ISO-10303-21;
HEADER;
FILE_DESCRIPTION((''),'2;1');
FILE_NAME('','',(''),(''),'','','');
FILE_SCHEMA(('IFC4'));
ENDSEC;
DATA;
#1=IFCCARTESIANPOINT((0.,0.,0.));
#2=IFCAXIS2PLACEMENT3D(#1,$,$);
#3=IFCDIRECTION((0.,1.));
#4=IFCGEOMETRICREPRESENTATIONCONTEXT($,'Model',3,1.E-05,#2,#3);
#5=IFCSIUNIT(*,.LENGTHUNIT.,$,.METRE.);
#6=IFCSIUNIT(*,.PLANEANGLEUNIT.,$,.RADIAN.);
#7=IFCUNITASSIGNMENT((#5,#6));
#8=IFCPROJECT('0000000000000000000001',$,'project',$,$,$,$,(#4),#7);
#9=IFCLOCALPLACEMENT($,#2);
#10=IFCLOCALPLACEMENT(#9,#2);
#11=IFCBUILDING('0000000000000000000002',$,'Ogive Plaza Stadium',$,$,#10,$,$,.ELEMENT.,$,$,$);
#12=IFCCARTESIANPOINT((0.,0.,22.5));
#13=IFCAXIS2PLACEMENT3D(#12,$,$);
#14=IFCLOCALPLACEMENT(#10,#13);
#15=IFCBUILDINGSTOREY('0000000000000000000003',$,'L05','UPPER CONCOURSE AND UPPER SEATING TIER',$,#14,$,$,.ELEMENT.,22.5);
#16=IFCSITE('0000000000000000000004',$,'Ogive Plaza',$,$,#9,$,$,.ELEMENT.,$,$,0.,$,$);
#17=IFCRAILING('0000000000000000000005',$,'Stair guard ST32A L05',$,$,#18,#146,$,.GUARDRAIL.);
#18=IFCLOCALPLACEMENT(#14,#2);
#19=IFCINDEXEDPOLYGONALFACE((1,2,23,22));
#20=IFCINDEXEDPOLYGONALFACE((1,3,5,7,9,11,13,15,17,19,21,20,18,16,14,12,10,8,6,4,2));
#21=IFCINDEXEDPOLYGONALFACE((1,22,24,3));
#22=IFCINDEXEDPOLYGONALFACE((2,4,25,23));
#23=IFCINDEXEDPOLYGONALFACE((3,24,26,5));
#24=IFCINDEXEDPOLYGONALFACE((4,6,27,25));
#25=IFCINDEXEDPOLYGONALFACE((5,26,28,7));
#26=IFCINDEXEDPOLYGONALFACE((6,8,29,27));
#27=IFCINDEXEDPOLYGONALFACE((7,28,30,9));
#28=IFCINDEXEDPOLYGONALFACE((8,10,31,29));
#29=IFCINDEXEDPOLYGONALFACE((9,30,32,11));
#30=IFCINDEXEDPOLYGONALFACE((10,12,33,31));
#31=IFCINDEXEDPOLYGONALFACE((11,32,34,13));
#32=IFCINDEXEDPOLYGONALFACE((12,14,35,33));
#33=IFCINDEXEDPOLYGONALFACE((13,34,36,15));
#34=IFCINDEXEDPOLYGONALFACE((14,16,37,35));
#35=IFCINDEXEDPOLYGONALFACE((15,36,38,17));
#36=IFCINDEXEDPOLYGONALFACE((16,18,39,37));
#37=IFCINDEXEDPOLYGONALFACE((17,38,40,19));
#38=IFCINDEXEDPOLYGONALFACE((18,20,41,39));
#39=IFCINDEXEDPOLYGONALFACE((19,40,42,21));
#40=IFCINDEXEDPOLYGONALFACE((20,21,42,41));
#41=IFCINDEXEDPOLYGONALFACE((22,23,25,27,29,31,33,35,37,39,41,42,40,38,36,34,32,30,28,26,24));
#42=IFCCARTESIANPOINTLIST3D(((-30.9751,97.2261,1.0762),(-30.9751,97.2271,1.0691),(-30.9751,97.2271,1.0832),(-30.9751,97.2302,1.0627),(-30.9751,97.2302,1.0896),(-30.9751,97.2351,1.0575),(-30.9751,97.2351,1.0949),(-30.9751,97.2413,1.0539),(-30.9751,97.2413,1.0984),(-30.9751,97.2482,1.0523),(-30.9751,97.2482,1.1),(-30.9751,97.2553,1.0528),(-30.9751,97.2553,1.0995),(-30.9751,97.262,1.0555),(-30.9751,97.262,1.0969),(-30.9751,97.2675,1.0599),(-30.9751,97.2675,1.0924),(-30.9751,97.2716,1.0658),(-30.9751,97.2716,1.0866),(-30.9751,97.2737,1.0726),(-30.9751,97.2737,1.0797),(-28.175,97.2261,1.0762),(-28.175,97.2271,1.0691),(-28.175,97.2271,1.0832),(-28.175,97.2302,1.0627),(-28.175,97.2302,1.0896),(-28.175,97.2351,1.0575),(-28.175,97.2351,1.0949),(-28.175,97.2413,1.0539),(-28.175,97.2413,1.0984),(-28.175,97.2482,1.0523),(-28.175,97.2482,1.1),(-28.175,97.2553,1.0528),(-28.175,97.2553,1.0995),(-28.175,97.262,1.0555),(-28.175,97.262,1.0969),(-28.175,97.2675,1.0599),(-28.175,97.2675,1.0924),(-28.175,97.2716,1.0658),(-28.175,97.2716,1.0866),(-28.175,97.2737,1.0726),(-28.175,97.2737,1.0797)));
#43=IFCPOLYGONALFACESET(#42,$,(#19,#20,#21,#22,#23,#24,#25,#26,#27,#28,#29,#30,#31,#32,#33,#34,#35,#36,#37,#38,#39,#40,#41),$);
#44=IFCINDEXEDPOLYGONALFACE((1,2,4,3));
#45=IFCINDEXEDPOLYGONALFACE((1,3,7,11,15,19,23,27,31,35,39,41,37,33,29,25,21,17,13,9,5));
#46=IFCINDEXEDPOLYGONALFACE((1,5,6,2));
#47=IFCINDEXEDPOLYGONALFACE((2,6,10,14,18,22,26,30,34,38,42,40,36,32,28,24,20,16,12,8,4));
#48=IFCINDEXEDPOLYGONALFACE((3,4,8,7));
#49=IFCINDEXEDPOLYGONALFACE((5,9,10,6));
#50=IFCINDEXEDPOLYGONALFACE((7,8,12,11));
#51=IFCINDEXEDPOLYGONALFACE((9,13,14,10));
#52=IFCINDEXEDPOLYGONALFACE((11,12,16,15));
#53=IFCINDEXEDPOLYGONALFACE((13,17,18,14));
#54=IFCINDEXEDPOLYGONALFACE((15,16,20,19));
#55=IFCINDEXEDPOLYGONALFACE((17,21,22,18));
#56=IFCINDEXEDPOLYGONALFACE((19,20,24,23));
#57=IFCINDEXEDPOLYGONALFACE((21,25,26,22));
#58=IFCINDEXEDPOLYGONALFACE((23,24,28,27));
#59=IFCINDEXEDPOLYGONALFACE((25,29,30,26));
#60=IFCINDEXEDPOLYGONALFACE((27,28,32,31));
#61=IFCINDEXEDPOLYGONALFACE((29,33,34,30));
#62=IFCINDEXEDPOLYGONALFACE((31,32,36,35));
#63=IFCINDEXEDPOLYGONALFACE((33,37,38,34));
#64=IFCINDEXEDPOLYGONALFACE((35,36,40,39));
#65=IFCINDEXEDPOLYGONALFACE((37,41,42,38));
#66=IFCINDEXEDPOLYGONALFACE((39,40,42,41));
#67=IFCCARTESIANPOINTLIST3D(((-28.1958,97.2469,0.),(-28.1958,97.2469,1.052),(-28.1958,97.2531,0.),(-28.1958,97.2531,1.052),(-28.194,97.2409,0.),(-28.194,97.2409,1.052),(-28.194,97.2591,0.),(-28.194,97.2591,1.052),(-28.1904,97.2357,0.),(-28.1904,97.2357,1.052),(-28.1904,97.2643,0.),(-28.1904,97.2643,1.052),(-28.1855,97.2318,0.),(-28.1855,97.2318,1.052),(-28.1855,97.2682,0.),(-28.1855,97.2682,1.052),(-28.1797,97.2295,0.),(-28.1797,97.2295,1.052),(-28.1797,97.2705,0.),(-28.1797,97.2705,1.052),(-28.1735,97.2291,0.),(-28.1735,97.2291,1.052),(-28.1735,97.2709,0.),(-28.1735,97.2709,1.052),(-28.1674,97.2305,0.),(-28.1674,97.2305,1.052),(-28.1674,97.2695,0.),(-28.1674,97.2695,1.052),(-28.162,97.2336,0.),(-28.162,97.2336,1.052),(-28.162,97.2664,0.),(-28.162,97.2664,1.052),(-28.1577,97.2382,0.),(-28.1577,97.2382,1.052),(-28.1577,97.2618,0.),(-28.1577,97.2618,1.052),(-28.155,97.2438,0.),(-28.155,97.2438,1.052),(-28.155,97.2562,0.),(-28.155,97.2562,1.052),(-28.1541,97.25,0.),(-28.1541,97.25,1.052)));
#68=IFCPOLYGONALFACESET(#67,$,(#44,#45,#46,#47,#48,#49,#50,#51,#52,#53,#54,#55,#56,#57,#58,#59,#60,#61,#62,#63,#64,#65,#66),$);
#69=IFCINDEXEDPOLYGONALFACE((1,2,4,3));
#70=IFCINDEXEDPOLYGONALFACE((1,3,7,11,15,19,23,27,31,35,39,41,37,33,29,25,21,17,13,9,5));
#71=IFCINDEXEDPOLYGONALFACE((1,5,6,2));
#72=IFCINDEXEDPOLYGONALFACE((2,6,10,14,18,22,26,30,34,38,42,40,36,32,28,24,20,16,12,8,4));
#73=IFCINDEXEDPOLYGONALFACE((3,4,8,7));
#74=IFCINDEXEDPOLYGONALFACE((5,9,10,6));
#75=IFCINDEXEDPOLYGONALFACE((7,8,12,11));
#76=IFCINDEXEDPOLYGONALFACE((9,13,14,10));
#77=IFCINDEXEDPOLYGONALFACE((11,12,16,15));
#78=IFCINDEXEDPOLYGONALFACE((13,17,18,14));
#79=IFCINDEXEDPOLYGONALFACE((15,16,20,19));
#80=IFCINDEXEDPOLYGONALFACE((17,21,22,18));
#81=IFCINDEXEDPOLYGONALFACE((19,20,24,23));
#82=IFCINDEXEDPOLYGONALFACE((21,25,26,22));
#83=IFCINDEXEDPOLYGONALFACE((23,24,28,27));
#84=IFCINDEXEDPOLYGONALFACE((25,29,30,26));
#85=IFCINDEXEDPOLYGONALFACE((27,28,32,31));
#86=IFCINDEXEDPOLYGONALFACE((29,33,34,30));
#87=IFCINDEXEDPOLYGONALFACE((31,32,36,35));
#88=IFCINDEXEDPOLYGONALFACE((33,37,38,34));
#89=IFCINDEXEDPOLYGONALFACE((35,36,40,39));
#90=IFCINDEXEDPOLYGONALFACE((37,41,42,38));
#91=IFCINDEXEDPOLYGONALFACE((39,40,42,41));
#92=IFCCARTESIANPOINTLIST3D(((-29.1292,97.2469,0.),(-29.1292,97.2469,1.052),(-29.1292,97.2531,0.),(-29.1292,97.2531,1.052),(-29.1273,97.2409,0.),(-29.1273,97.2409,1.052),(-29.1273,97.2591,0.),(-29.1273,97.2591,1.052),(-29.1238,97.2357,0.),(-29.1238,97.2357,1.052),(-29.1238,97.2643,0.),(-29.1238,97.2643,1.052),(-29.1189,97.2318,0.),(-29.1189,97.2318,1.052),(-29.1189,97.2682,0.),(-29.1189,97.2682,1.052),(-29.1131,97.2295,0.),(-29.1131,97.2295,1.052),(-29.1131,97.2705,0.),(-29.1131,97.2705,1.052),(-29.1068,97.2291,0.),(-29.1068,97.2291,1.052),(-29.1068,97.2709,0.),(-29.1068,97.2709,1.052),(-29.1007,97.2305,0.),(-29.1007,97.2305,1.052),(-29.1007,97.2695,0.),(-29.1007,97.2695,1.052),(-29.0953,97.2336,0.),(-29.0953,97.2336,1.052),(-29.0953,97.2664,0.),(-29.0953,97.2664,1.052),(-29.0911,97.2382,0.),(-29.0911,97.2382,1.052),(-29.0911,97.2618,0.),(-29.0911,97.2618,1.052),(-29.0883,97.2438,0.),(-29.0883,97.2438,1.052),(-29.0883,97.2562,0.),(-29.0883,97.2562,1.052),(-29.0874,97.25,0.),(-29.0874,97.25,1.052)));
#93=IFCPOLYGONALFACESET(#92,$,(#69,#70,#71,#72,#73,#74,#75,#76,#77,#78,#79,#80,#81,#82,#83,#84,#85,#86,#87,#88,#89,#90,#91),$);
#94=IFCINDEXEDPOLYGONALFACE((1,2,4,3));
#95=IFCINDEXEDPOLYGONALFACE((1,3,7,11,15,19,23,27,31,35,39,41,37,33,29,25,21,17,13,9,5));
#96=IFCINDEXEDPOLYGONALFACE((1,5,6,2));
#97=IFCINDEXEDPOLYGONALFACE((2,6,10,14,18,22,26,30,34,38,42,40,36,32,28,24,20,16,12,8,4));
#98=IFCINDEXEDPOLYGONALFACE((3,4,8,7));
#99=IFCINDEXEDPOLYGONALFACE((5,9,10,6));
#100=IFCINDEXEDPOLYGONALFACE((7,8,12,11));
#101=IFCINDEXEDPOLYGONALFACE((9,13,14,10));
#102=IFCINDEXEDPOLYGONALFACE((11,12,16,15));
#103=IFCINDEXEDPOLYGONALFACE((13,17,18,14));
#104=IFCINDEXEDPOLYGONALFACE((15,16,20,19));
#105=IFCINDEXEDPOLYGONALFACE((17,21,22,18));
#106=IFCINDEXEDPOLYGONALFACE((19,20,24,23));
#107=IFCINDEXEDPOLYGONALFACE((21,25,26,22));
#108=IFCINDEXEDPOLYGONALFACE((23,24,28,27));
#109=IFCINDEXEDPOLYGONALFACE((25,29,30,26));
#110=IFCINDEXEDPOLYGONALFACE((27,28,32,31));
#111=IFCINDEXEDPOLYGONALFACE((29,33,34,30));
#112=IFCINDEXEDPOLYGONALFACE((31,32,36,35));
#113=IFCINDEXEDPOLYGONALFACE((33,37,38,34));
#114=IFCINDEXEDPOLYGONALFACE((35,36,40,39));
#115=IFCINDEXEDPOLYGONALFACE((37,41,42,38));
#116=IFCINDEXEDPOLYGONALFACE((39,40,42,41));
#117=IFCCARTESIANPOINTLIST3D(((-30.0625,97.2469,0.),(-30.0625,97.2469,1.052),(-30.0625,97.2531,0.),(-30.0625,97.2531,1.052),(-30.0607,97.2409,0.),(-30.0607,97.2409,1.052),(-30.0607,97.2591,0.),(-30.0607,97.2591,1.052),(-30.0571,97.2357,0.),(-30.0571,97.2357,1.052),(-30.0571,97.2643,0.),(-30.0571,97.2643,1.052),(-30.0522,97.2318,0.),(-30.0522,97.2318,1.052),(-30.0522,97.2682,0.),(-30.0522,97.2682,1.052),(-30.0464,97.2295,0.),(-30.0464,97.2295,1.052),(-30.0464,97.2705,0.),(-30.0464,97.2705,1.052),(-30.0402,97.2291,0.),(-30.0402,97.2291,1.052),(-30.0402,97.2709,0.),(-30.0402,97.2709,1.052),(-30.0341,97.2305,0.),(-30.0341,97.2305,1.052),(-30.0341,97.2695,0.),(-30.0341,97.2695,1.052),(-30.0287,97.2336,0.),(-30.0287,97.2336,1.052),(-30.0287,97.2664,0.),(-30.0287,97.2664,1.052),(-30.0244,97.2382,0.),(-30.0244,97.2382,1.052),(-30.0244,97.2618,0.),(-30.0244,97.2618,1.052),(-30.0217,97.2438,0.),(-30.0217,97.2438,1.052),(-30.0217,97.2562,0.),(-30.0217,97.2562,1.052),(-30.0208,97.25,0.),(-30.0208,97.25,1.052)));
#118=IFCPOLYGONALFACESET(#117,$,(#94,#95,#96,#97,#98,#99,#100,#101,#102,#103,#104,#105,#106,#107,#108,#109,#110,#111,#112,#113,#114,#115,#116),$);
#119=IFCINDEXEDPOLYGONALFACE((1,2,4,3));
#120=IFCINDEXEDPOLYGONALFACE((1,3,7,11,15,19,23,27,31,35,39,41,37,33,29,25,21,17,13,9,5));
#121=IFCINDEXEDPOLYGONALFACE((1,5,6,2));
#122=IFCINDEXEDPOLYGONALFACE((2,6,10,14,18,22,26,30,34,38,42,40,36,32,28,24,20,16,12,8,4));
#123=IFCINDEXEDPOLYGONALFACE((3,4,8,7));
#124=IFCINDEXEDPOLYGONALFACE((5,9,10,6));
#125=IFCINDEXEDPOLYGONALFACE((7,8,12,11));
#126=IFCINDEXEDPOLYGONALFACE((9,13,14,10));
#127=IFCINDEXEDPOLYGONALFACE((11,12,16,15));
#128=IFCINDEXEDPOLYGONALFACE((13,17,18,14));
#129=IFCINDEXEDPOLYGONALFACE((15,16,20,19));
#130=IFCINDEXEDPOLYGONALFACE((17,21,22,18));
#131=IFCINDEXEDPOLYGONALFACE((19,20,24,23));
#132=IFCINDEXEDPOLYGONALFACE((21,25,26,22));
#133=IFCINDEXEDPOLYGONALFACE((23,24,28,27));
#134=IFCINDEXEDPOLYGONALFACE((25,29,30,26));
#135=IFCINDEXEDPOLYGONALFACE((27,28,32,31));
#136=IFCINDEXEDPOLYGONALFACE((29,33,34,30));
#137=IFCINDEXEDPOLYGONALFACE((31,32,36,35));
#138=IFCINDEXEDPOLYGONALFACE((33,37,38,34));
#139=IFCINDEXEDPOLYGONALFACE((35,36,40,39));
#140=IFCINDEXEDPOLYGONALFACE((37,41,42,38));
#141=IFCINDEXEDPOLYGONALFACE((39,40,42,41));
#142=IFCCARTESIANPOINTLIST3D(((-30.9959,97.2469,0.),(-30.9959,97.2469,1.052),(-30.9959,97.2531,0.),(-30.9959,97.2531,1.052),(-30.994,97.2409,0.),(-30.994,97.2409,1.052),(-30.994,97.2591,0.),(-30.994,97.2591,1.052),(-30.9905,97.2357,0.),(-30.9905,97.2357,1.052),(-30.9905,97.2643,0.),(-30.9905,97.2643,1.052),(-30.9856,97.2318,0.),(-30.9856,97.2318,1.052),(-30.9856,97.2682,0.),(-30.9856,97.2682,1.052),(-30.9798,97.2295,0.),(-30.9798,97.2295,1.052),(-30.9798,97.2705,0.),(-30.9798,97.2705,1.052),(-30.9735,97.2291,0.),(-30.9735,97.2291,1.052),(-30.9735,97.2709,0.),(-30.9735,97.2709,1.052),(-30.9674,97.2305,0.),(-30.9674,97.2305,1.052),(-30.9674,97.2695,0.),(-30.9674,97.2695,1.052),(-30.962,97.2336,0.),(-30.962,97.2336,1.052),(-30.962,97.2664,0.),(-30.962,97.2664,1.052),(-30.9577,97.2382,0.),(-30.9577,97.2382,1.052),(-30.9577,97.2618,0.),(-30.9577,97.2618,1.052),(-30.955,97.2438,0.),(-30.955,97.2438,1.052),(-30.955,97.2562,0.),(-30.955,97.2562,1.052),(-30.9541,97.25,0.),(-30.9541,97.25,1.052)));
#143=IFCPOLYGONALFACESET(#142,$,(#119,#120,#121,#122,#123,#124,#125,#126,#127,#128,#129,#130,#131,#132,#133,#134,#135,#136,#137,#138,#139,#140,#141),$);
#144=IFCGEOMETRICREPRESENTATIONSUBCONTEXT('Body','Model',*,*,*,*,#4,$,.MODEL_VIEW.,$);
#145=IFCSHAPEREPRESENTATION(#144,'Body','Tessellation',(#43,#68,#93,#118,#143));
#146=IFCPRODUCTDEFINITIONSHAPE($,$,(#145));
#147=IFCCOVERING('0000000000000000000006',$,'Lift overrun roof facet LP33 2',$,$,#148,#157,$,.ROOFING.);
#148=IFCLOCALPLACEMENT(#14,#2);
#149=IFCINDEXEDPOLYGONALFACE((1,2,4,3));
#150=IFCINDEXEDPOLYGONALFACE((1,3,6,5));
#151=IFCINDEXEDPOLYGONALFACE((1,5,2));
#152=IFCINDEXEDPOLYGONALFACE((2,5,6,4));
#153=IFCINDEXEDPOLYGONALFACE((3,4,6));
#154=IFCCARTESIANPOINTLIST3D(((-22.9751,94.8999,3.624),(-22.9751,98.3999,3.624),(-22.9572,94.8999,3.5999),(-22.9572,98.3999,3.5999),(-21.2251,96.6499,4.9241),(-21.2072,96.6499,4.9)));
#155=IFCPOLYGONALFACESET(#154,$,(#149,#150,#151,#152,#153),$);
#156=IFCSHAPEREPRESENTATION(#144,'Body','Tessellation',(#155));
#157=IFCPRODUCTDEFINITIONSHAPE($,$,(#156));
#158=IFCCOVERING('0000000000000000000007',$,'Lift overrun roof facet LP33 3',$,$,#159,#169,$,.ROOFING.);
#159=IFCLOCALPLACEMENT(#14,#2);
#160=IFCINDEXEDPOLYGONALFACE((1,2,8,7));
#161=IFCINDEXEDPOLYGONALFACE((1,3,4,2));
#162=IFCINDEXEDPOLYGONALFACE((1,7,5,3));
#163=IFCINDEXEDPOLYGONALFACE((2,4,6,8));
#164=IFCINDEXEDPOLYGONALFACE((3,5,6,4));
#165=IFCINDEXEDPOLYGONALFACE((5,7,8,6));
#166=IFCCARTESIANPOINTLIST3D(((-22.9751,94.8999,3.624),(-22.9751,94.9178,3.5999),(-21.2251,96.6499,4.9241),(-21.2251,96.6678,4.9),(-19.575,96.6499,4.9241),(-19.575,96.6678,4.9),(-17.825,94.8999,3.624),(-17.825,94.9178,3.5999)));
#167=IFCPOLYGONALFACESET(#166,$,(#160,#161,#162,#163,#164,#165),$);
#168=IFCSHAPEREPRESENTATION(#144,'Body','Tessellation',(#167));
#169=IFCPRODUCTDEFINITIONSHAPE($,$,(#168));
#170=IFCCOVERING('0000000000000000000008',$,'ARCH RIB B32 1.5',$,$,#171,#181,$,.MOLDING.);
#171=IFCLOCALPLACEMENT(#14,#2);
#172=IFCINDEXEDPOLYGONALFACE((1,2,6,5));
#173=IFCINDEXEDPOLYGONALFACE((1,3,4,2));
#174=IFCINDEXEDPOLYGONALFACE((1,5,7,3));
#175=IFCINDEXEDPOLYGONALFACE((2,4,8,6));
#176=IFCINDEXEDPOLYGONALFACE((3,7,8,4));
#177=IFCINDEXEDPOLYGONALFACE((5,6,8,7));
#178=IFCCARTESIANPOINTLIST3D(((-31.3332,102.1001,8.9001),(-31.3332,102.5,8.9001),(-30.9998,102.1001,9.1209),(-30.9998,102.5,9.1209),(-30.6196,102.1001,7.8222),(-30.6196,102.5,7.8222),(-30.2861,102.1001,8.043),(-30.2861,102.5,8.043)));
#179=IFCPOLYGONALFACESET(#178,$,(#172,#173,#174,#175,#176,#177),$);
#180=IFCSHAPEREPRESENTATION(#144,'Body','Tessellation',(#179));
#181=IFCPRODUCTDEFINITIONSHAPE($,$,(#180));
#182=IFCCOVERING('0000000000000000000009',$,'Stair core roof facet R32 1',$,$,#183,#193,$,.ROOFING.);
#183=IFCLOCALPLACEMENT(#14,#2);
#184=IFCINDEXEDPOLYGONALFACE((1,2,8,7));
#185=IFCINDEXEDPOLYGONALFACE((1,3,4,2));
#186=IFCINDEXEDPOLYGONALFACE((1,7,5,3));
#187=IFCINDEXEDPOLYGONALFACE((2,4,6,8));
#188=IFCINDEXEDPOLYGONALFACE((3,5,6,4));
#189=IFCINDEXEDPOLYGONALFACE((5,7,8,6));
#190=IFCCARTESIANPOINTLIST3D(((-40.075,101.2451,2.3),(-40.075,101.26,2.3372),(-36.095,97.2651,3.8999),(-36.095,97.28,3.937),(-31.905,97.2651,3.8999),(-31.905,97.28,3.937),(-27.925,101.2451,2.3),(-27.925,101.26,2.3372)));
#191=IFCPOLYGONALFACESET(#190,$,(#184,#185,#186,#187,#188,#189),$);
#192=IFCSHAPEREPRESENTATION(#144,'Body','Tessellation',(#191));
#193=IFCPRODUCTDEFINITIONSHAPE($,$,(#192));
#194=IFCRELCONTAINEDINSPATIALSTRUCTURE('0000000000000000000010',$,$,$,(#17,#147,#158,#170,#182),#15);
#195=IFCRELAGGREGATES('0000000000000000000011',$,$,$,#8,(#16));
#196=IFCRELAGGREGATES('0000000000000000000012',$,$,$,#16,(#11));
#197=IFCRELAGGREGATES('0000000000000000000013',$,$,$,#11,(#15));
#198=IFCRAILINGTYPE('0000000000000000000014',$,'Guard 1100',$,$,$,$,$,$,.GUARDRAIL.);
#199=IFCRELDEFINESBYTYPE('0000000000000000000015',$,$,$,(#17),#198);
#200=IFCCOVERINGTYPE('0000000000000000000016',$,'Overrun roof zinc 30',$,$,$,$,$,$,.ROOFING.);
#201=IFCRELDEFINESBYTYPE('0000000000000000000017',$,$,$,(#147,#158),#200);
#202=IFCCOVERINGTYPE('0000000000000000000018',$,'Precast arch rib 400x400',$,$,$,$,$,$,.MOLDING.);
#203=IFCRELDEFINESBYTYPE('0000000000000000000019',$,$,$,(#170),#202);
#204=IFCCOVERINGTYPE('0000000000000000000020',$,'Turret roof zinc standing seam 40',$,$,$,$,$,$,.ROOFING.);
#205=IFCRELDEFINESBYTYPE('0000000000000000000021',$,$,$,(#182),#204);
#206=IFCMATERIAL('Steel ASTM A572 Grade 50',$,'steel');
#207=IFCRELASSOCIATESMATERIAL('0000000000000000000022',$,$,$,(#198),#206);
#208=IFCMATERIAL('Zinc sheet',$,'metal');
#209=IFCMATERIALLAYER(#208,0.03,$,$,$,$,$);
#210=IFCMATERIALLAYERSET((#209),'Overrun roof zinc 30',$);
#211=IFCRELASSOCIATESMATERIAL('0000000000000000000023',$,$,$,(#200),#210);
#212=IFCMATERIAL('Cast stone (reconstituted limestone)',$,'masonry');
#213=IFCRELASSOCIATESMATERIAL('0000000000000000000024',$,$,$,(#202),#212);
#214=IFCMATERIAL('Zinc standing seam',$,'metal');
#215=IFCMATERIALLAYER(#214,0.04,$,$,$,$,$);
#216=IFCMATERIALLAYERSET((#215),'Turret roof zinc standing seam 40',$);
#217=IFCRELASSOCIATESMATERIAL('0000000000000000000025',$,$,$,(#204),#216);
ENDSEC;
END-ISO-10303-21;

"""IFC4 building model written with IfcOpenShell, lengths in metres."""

from ifc_helpers import new_model, si_unit, direction, frame, origin, origin_2d, place, context, subcontext, project, spatial, polyline, rectangle, circle, outline, extrude, material, layer, layer_set, material_profile, profile_set, type_object, element, save


model = new_model("IFC4")

# Units and contexts
model_context = context("Model", 3, precision=1e-05, world=origin(), true_north=direction((0.0, 1.0)))
body_context = subcontext(model_context, "Body", "Model", "MODEL_VIEW")
ifc_project = project(units=[si_unit("LENGTHUNIT", "METRE"), si_unit("PLANEANGLEUNIT", "RADIAN")], contexts=[model_context])

# Site, building, storey
site_placement = place(None, origin())
site = spatial("IfcSite", under=ifc_project, at=site_placement, Name="Ogive Plaza", CompositionType="ELEMENT", RefElevation=0.0)
building_placement = place(site_placement, origin())
building = spatial("IfcBuilding", under=site, at=building_placement, Name="Ogive Plaza Stadium", CompositionType="ELEMENT")
storey_placement = place(building_placement, frame((0.0, 0.0, 22.5)))
storey = spatial("IfcBuildingStorey", under=building, at=storey_placement, Name="L05", Description="UPPER CONCOURSE AND UPPER SEATING TIER", CompositionType="ELEMENT", Elevation=22.5)

# Railing
ifc_material_1 = material(Name="Steel ASTM A572 Grade 50", Category="steel")
railing_type = type_object("IfcRailingType", Name="Guard 1100", PredefinedType="GUARDRAIL", material=ifc_material_1)
railing_1_placement = place(storey_placement, frame((-28.175, 97.25, 0.0)))
element("IfcRailing", 1, at=railing_1_placement, inside=storey, type_object=railing_type, Name="Stair guard ST32A L05", PredefinedType="GUARDRAIL", context=body_context, shape_type="SweptSolid", body=[
    extrude(circle(Radius=0.0239, at=origin_2d()), frame((0.0, 0.0, 1.0762), z_axis=(-1.0, 0.0, 0.0), x_axis=(0.0, -1.0, 0.0)), (0.0, 0.0, 1.0), 2.8),
    extrude(circle(Radius=0.021, at=origin_2d()), origin(), (0.0, 0.0, 1.0), 1.052),
    extrude(circle(Radius=0.021, at=origin_2d()), frame((-0.9333, 0.0, 0.0)), (0.0, 0.0, 1.0), 1.052),
    extrude(circle(Radius=0.021, at=origin_2d()), frame((-1.8667, 0.0, 0.0)), (0.0, 0.0, 1.0), 1.052),
    extrude(circle(Radius=0.021, at=origin_2d()), frame((-2.8, 0.0, 0.0)), (0.0, 0.0, 1.0), 1.052),
])

# Coverings
ifc_material_2 = material(Name="Zinc sheet", Category="metal")
ifc_layer_1 = layer(ifc_material_2, 0.03)
ifc_layer_set_1 = layer_set([ifc_layer_1], Name="Overrun roof zinc 30")
covering_type_1 = type_object("IfcCoveringType", Name="Overrun roof zinc 30", PredefinedType="ROOFING", material=ifc_layer_set_1)
covering_1_placement = place(storey_placement, frame((-22.9751, 98.3999, 3.624), z_axis=(-0.596338, 0.0, 0.802733), x_axis=(0.0, -1.0, 0.0)))
element("IfcCovering", 2, at=covering_1_placement, inside=storey, type_object=covering_type_1, Name="Lift overrun roof facet LP33 2", PredefinedType="ROOFING", context=body_context, shape_type="SweptSolid", body=[
    extrude(outline(polyline([(0.0, 0.0), (3.5, 0.0), (1.75, 2.1801), (0.0, 0.0)])), origin(), (0.0, 0.0, -1.0), 0.03),
])
covering_2_placement = place(storey_placement, frame((-22.9751, 94.8999, 3.624), z_axis=(0.0, -0.596338, 0.802733), x_axis=(1.0, 0.0, 0.0)))
element("IfcCovering", 3, at=covering_2_placement, inside=storey, type_object=covering_type_1, Name="Lift overrun roof facet LP33 3", PredefinedType="ROOFING", context=body_context, shape_type="SweptSolid", body=[
    extrude(outline(polyline([(0.0, 0.0), (5.1501, 0.0), (3.4001, 2.1801), (1.75, 2.1801), (0.0, 0.0)])), origin(), (0.0, 0.0, -1.0), 0.03),
])
ifc_material_3 = material(Name="Cast stone (reconstituted limestone)", Category="masonry")
ifc_material_profile_1 = material_profile(ifc_material_3, rectangle(XDim=0.3999, YDim=0.3999, at=origin_2d()), Name="Cast stone 400x400")
ifc_profile_set_1 = profile_set([ifc_material_profile_1], Name="Cast stone (reconstituted limestone)")
covering_type_2 = type_object("IfcCoveringType", Name="Precast arch rib 400x400", PredefinedType="MOLDING", material=ifc_profile_set_1)
covering_3_placement = place(storey_placement, frame((-31.1665, 102.3, 9.0105), z_axis=(0.552039, 0.0, -0.833818), x_axis=(0.0, 1.0, 0.0)))
element("IfcCovering", 4, at=covering_3_placement, inside=storey, type_object=covering_type_2, Name="ARCH RIB B32 1.5", PredefinedType="MOLDING", context=body_context, shape_type="SweptSolid", body=[
    extrude(rectangle(XDim=0.3999, YDim=0.3999, at=origin_2d()), origin(), (0.0, 0.0, 1.0), 1.2927),
])
ifc_material_4 = material(Name="Zinc standing seam", Category="metal")
ifc_layer_2 = layer(ifc_material_4, 0.04)
ifc_layer_set_2 = layer_set([ifc_layer_2], Name="Turret roof zinc standing seam 40")
covering_type_3 = type_object("IfcCoveringType", Name="Turret roof zinc standing seam 40", PredefinedType="ROOFING", material=ifc_layer_set_2)
covering_4_placement = place(storey_placement, frame((-27.925, 101.26, 2.3372), z_axis=(0.0, 0.37297, 0.927843), x_axis=(-1.0, 0.0, 0.0)))
element("IfcCovering", 5, at=covering_4_placement, inside=storey, type_object=covering_type_3, Name="Stair core roof facet R32 1", PredefinedType="ROOFING", context=body_context, shape_type="SweptSolid", body=[
    extrude(outline(polyline([(0.0, 0.0), (12.1499, 0.0), (8.1699, 4.2895), (3.98, 4.2895), (0.0, 0.0)])), origin(), (0.0, 0.0, -1.0), 0.04),
])

save(model, "model.ifc")
